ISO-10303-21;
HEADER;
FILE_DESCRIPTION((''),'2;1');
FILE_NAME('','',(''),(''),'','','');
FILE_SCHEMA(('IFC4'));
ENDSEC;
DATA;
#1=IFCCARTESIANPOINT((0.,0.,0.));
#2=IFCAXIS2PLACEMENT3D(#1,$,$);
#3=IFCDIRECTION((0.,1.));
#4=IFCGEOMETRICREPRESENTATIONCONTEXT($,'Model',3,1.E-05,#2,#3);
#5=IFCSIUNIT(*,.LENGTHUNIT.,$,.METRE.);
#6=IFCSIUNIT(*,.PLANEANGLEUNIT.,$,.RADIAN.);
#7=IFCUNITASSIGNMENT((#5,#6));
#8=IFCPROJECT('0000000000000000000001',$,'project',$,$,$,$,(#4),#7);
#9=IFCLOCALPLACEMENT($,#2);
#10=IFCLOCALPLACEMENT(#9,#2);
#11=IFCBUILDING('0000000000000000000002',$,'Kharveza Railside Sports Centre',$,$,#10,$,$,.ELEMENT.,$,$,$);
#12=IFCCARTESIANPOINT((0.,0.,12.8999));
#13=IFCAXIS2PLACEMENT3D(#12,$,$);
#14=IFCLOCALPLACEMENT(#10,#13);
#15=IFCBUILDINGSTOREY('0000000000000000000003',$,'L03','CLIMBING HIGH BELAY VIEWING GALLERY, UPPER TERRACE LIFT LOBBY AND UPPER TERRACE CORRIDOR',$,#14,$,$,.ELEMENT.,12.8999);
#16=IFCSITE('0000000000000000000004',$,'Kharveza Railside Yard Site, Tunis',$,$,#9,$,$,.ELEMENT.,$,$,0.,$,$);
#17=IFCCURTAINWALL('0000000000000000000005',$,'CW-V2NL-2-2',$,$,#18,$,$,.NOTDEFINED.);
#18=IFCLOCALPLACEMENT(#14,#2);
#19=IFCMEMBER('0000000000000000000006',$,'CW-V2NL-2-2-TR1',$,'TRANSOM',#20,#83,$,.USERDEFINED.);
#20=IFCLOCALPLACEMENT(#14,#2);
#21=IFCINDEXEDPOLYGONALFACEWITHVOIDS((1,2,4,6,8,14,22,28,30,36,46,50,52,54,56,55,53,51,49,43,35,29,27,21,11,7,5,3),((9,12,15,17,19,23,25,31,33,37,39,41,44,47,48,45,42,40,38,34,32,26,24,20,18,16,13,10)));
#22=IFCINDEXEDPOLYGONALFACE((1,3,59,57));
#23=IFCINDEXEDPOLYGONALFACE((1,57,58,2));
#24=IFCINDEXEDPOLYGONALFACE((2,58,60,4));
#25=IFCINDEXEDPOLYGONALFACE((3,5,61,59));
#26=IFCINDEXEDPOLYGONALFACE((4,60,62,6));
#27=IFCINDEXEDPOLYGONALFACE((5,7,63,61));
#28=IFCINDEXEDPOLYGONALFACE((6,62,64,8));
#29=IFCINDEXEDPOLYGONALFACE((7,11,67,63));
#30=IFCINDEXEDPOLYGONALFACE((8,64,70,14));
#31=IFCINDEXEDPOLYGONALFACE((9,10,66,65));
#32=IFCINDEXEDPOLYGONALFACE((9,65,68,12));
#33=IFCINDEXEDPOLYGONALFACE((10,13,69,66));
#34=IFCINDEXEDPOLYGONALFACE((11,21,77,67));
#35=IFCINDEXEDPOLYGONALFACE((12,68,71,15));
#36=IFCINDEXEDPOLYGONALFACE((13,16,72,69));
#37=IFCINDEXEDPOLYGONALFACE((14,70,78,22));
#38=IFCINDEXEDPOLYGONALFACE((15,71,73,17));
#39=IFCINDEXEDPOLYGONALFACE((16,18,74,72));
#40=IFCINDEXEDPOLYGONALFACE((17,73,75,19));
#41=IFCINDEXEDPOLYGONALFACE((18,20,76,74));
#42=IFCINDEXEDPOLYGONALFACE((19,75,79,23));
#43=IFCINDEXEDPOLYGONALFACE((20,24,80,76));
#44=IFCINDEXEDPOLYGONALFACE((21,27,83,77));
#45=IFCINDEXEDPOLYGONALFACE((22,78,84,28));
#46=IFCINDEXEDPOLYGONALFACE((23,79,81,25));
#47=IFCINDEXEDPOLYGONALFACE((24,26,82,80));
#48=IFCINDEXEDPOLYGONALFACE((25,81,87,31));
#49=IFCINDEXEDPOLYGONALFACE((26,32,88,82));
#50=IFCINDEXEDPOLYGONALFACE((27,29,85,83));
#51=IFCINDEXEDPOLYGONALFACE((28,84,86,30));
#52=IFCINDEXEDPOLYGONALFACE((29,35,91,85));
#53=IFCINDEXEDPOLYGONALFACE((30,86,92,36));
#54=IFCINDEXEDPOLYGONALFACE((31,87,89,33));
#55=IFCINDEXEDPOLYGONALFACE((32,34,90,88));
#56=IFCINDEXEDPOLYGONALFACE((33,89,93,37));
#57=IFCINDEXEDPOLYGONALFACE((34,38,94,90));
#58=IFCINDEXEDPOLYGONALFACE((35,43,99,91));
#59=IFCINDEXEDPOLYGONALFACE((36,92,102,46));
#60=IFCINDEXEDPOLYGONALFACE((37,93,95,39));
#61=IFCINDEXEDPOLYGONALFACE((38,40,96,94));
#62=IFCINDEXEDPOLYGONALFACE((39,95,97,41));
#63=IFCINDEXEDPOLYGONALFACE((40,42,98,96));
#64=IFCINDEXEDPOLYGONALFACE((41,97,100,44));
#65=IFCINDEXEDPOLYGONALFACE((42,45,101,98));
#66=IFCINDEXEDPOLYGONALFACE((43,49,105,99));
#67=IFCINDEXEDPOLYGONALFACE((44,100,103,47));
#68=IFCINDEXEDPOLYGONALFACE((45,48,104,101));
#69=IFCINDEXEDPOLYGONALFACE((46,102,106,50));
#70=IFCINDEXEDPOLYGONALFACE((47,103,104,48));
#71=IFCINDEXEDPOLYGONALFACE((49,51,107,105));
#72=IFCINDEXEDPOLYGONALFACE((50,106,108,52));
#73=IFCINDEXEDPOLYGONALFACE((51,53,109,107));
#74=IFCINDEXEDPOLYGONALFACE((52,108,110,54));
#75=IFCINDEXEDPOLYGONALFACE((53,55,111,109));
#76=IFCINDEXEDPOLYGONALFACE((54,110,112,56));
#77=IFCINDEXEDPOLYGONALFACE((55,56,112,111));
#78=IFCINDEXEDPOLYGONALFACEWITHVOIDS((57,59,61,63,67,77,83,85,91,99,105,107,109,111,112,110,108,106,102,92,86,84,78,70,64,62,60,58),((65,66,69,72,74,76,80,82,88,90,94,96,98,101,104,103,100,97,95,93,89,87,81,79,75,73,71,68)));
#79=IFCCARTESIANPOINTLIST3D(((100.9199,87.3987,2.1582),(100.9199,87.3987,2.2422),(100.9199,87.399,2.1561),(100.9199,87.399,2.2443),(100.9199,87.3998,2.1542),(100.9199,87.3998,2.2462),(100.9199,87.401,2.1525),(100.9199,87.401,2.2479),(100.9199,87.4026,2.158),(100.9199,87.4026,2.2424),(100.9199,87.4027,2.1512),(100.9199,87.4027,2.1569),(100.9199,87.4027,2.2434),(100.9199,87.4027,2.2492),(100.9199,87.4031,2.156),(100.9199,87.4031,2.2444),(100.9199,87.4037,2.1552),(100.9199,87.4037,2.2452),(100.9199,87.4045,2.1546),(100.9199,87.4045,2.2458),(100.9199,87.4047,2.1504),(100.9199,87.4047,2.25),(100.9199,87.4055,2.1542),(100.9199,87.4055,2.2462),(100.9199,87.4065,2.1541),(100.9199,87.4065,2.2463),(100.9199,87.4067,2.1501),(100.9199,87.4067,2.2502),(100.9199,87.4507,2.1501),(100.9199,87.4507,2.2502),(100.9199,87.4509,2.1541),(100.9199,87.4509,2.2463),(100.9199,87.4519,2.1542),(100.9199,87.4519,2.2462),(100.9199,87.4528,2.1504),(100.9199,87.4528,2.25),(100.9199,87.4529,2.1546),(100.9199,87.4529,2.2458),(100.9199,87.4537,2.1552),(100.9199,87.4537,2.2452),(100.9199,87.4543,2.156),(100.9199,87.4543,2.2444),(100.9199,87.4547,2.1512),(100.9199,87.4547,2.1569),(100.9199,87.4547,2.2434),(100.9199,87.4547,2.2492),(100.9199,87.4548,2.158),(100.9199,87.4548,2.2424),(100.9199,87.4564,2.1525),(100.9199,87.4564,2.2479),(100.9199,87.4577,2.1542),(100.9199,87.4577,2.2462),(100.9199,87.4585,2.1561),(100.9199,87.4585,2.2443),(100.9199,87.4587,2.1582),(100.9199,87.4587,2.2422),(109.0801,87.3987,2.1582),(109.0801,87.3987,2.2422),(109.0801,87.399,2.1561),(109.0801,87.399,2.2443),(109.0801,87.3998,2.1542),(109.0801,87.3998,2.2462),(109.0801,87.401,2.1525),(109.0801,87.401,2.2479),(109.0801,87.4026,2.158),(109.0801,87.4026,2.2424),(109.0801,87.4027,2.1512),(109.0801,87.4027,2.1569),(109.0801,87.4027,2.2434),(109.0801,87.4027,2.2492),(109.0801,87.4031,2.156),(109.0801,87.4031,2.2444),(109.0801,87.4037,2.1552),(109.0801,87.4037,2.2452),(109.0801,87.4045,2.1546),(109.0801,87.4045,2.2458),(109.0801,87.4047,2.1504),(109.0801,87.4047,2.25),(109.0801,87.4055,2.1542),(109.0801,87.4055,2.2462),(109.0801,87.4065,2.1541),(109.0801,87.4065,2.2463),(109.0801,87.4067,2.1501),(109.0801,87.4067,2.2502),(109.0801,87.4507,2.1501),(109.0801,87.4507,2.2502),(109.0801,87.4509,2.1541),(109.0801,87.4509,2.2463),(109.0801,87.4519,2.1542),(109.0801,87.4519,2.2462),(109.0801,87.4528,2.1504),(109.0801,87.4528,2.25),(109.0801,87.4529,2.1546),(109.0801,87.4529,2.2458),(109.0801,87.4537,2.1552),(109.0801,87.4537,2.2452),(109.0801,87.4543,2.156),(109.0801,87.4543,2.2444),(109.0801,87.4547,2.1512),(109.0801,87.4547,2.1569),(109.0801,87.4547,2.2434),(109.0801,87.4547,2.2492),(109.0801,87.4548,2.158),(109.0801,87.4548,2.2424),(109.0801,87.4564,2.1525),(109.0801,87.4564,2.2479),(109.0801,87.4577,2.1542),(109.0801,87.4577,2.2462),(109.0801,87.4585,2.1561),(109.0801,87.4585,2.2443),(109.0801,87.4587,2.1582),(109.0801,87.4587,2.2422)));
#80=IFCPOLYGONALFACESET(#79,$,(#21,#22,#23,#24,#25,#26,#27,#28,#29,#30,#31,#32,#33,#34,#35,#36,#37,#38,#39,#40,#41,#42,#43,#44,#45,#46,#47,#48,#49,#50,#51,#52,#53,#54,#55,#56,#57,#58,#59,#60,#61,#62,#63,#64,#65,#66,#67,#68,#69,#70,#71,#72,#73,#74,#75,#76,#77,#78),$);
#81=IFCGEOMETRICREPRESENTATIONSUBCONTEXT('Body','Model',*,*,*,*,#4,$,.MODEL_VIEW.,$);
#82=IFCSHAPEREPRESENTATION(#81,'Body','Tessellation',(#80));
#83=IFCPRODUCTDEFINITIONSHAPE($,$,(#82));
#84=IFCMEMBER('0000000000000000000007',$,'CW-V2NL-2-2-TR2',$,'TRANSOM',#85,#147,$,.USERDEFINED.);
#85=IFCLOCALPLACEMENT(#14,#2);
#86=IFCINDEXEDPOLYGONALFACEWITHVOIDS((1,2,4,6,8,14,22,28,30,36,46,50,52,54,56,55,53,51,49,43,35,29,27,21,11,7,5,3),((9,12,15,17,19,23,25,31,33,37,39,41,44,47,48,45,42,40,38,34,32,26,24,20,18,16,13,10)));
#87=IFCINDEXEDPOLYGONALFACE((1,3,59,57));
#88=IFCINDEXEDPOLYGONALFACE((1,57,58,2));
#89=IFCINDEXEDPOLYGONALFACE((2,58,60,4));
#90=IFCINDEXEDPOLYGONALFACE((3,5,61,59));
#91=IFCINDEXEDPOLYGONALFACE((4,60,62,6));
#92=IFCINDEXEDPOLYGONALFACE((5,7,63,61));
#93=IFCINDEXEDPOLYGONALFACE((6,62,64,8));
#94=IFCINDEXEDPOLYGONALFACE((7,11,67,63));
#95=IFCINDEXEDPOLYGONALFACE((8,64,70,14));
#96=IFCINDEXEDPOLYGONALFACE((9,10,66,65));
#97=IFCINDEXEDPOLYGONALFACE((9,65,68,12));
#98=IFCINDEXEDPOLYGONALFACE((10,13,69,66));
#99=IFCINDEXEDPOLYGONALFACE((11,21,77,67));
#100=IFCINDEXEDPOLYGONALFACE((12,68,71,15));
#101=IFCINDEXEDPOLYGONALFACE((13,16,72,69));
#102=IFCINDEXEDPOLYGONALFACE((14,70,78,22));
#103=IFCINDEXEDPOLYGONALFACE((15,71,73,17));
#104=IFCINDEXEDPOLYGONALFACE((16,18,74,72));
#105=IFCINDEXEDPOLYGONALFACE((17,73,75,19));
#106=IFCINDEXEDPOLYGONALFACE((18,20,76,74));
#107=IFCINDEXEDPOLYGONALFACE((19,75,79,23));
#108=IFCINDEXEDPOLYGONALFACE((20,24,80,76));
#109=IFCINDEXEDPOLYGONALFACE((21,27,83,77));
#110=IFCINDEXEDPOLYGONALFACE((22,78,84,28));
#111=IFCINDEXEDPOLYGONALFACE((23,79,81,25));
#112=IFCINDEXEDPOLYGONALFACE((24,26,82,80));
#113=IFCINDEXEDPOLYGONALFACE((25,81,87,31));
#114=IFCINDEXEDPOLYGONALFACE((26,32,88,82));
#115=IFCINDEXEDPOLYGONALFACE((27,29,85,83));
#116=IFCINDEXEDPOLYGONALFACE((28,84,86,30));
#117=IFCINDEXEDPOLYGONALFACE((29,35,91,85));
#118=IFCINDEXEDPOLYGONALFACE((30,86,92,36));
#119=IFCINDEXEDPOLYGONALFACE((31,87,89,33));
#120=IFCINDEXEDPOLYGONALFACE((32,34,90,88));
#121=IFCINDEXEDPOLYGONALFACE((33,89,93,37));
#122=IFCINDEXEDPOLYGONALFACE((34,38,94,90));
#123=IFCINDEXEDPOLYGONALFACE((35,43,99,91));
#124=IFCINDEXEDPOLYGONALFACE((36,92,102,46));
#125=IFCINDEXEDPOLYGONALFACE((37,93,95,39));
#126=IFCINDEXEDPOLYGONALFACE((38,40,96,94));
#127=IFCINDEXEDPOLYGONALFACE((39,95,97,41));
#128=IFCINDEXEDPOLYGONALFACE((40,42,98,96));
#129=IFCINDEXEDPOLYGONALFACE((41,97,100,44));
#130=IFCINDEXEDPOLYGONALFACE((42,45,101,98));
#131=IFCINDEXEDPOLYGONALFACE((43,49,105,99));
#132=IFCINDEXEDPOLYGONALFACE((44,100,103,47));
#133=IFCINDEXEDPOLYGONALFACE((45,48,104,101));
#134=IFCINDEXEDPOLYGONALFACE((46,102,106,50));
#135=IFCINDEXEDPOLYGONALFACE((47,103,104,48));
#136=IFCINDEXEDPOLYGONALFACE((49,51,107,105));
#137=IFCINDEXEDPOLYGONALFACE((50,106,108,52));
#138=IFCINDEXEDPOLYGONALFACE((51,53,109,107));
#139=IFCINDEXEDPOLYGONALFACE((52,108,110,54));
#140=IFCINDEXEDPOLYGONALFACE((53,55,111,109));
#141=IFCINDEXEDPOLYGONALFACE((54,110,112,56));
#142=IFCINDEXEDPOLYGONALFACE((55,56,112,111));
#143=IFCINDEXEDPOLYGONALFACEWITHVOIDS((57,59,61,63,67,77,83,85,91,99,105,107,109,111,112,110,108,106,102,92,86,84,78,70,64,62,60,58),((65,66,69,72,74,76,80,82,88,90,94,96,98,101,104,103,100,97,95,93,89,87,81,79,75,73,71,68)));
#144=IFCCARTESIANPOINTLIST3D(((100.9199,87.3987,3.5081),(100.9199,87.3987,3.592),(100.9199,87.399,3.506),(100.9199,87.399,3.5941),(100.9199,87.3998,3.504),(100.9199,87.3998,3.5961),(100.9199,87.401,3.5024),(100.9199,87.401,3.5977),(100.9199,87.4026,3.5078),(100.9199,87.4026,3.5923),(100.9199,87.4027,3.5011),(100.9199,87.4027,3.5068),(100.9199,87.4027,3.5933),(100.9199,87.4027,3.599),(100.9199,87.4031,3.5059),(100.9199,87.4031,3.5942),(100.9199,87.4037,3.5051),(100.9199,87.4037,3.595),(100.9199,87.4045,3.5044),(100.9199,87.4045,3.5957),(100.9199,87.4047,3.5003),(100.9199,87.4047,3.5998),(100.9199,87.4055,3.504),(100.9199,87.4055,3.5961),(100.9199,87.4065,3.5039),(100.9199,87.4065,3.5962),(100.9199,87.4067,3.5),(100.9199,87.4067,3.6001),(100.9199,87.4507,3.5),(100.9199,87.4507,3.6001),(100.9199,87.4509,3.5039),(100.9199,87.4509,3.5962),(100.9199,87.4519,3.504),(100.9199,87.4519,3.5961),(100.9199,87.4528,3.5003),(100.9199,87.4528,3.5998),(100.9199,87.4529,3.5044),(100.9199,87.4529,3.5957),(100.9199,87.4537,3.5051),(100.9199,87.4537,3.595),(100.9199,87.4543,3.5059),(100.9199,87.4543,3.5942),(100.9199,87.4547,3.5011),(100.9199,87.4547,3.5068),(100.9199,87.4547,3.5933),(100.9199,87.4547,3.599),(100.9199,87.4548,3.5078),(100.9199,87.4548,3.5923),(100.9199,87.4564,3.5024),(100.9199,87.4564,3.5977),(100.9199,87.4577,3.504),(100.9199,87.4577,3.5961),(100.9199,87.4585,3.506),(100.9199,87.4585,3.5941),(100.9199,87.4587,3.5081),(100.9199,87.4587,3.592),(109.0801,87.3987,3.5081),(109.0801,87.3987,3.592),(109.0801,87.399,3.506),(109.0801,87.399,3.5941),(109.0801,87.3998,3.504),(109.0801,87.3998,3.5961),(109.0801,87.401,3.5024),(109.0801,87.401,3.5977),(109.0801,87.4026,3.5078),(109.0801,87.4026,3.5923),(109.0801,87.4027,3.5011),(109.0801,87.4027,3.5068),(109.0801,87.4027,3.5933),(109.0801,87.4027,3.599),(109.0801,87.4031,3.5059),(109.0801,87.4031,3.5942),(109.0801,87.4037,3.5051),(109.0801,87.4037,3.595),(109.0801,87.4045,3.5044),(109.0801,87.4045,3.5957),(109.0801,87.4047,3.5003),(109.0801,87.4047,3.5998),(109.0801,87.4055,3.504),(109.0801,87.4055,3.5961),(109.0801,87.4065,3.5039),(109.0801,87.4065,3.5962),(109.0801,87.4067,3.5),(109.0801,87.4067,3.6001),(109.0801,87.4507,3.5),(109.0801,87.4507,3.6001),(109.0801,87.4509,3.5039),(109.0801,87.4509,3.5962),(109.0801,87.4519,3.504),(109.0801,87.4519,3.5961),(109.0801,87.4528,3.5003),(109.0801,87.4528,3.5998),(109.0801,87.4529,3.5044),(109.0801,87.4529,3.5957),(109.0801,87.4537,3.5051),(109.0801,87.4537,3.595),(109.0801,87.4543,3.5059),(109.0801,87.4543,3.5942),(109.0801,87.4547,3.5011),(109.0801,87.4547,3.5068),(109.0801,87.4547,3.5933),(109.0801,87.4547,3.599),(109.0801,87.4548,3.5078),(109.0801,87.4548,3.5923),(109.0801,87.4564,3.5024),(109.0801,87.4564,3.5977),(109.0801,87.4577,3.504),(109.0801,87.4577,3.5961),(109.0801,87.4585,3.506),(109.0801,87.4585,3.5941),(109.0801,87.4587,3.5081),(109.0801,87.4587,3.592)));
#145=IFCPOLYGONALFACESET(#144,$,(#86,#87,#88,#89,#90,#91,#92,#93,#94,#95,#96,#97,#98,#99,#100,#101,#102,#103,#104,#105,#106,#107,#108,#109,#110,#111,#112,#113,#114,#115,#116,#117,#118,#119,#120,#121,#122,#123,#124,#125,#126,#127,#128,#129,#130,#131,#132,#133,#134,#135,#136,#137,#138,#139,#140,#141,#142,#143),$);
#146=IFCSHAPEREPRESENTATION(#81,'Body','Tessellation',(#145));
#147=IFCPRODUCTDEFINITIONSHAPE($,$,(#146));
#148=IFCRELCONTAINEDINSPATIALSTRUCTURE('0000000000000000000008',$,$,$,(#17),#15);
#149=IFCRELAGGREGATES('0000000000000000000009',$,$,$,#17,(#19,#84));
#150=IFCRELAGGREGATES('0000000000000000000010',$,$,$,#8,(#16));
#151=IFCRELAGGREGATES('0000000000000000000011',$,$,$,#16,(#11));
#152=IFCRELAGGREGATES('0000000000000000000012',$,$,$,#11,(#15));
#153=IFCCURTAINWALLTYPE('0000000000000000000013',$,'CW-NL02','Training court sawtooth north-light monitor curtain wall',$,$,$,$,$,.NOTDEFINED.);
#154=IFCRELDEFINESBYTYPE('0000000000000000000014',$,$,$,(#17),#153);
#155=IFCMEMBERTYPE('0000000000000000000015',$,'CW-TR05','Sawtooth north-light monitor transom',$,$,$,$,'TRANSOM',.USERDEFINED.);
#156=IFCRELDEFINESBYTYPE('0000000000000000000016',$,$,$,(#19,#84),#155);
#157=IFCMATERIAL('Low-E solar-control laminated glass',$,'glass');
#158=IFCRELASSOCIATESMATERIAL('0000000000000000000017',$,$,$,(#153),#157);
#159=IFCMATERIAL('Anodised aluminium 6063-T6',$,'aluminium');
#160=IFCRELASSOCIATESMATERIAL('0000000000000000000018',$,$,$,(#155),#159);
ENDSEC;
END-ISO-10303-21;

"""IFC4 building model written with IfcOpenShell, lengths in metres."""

from ifc_helpers import new_model, si_unit, direction, frame, origin, origin_2d, place, context, subcontext, project, spatial, hollow_rectangle, extrude, material, material_profile, profile_set, type_object, element, aggregate, save


model = new_model("IFC4")

# Units and contexts
model_context = context("Model", 3, precision=1e-05, world=origin(), true_north=direction((0.0, 1.0)))
body_context = subcontext(model_context, "Body", "Model", "MODEL_VIEW")
ifc_project = project(units=[si_unit("LENGTHUNIT", "METRE"), si_unit("PLANEANGLEUNIT", "RADIAN")], contexts=[model_context])

# Site, building, storey
site_placement = place(None, origin())
site = spatial("IfcSite", under=ifc_project, at=site_placement, Name="Kharveza Railside Yard Site, Tunis", CompositionType="ELEMENT", RefElevation=0.0)
building_placement = place(site_placement, origin())
building = spatial("IfcBuilding", under=site, at=building_placement, Name="Kharveza Railside Sports Centre", CompositionType="ELEMENT")
storey_placement = place(building_placement, frame((0.0, 0.0, 12.8999)))
storey = spatial("IfcBuildingStorey", under=building, at=storey_placement, Name="L03", Description="CLIMBING HIGH BELAY VIEWING GALLERY, UPPER TERRACE LIFT LOBBY AND UPPER TERRACE CORRIDOR", CompositionType="ELEMENT", Elevation=12.8999)

# Curtain wall
ifc_material_1 = material(Name="Low-E solar-control laminated glass", Category="glass")
curtain_wall_type = type_object("IfcCurtainWallType", Name="CW-NL02", Description="Training court sawtooth north-light monitor curtain wall", PredefinedType="NOTDEFINED", material=ifc_material_1)
curtain_wall_1_placement = place(storey_placement, origin())
curtain_wall_1 = element("IfcCurtainWall", 1, at=curtain_wall_1_placement, inside=storey, type_object=curtain_wall_type, Name="CW-V2NL-2-2", PredefinedType="NOTDEFINED")
ifc_material_2 = material(Name="Anodised aluminium 6063-T6", Category="aluminium")

# Members
ifc_material_profile_1 = material_profile(ifc_material_2, hollow_rectangle(XDim=0.0601, YDim=0.1001, WallThickness=0.0039, InnerFilletRadius=0.0039, OuterFilletRadius=0.0081, at=origin_2d()), Name="RHS 60x100x4.0")
ifc_profile_set_1 = profile_set([ifc_material_profile_1], Name="Anodised aluminium 6063-T6")
member_type_1 = type_object("IfcMemberType", Name="CW-TR05", Description="Sawtooth north-light monitor transom", ElementType="TRANSOM", PredefinedType="USERDEFINED", material=ifc_profile_set_1)
member_1_placement = place(storey_placement, frame((100.9199, 87.4287, 2.2002), z_axis=(1.0, 0.0, 0.0), x_axis=(0.0, 1.0, 0.0)))
member_1 = element("IfcMember", 2, at=member_1_placement, type_object=member_type_1, Name="CW-V2NL-2-2-TR1", ObjectType="TRANSOM", PredefinedType="USERDEFINED", context=body_context, shape_type="SweptSolid", body=[
    extrude(hollow_rectangle(XDim=0.0601, YDim=0.1001, WallThickness=0.0039, InnerFilletRadius=0.0039, OuterFilletRadius=0.0081, at=origin_2d()), origin(), (0.0, 0.0, 1.0), 8.1602),
])
member_2_placement = place(storey_placement, frame((100.9199, 87.4287, 3.55), z_axis=(1.0, 0.0, 0.0), x_axis=(0.0, 1.0, 0.0)))
member_2 = element("IfcMember", 3, at=member_2_placement, type_object=member_type_1, Name="CW-V2NL-2-2-TR2", ObjectType="TRANSOM", PredefinedType="USERDEFINED", context=body_context, shape_type="SweptSolid", body=[
    extrude(hollow_rectangle(XDim=0.0601, YDim=0.1001, WallThickness=0.0039, InnerFilletRadius=0.0039, OuterFilletRadius=0.0081, at=origin_2d()), origin(), (0.0, 0.0, 1.0), 8.1602),
])

aggregate(curtain_wall_1, [member_1, member_2])

save(model, "model.ifc")
